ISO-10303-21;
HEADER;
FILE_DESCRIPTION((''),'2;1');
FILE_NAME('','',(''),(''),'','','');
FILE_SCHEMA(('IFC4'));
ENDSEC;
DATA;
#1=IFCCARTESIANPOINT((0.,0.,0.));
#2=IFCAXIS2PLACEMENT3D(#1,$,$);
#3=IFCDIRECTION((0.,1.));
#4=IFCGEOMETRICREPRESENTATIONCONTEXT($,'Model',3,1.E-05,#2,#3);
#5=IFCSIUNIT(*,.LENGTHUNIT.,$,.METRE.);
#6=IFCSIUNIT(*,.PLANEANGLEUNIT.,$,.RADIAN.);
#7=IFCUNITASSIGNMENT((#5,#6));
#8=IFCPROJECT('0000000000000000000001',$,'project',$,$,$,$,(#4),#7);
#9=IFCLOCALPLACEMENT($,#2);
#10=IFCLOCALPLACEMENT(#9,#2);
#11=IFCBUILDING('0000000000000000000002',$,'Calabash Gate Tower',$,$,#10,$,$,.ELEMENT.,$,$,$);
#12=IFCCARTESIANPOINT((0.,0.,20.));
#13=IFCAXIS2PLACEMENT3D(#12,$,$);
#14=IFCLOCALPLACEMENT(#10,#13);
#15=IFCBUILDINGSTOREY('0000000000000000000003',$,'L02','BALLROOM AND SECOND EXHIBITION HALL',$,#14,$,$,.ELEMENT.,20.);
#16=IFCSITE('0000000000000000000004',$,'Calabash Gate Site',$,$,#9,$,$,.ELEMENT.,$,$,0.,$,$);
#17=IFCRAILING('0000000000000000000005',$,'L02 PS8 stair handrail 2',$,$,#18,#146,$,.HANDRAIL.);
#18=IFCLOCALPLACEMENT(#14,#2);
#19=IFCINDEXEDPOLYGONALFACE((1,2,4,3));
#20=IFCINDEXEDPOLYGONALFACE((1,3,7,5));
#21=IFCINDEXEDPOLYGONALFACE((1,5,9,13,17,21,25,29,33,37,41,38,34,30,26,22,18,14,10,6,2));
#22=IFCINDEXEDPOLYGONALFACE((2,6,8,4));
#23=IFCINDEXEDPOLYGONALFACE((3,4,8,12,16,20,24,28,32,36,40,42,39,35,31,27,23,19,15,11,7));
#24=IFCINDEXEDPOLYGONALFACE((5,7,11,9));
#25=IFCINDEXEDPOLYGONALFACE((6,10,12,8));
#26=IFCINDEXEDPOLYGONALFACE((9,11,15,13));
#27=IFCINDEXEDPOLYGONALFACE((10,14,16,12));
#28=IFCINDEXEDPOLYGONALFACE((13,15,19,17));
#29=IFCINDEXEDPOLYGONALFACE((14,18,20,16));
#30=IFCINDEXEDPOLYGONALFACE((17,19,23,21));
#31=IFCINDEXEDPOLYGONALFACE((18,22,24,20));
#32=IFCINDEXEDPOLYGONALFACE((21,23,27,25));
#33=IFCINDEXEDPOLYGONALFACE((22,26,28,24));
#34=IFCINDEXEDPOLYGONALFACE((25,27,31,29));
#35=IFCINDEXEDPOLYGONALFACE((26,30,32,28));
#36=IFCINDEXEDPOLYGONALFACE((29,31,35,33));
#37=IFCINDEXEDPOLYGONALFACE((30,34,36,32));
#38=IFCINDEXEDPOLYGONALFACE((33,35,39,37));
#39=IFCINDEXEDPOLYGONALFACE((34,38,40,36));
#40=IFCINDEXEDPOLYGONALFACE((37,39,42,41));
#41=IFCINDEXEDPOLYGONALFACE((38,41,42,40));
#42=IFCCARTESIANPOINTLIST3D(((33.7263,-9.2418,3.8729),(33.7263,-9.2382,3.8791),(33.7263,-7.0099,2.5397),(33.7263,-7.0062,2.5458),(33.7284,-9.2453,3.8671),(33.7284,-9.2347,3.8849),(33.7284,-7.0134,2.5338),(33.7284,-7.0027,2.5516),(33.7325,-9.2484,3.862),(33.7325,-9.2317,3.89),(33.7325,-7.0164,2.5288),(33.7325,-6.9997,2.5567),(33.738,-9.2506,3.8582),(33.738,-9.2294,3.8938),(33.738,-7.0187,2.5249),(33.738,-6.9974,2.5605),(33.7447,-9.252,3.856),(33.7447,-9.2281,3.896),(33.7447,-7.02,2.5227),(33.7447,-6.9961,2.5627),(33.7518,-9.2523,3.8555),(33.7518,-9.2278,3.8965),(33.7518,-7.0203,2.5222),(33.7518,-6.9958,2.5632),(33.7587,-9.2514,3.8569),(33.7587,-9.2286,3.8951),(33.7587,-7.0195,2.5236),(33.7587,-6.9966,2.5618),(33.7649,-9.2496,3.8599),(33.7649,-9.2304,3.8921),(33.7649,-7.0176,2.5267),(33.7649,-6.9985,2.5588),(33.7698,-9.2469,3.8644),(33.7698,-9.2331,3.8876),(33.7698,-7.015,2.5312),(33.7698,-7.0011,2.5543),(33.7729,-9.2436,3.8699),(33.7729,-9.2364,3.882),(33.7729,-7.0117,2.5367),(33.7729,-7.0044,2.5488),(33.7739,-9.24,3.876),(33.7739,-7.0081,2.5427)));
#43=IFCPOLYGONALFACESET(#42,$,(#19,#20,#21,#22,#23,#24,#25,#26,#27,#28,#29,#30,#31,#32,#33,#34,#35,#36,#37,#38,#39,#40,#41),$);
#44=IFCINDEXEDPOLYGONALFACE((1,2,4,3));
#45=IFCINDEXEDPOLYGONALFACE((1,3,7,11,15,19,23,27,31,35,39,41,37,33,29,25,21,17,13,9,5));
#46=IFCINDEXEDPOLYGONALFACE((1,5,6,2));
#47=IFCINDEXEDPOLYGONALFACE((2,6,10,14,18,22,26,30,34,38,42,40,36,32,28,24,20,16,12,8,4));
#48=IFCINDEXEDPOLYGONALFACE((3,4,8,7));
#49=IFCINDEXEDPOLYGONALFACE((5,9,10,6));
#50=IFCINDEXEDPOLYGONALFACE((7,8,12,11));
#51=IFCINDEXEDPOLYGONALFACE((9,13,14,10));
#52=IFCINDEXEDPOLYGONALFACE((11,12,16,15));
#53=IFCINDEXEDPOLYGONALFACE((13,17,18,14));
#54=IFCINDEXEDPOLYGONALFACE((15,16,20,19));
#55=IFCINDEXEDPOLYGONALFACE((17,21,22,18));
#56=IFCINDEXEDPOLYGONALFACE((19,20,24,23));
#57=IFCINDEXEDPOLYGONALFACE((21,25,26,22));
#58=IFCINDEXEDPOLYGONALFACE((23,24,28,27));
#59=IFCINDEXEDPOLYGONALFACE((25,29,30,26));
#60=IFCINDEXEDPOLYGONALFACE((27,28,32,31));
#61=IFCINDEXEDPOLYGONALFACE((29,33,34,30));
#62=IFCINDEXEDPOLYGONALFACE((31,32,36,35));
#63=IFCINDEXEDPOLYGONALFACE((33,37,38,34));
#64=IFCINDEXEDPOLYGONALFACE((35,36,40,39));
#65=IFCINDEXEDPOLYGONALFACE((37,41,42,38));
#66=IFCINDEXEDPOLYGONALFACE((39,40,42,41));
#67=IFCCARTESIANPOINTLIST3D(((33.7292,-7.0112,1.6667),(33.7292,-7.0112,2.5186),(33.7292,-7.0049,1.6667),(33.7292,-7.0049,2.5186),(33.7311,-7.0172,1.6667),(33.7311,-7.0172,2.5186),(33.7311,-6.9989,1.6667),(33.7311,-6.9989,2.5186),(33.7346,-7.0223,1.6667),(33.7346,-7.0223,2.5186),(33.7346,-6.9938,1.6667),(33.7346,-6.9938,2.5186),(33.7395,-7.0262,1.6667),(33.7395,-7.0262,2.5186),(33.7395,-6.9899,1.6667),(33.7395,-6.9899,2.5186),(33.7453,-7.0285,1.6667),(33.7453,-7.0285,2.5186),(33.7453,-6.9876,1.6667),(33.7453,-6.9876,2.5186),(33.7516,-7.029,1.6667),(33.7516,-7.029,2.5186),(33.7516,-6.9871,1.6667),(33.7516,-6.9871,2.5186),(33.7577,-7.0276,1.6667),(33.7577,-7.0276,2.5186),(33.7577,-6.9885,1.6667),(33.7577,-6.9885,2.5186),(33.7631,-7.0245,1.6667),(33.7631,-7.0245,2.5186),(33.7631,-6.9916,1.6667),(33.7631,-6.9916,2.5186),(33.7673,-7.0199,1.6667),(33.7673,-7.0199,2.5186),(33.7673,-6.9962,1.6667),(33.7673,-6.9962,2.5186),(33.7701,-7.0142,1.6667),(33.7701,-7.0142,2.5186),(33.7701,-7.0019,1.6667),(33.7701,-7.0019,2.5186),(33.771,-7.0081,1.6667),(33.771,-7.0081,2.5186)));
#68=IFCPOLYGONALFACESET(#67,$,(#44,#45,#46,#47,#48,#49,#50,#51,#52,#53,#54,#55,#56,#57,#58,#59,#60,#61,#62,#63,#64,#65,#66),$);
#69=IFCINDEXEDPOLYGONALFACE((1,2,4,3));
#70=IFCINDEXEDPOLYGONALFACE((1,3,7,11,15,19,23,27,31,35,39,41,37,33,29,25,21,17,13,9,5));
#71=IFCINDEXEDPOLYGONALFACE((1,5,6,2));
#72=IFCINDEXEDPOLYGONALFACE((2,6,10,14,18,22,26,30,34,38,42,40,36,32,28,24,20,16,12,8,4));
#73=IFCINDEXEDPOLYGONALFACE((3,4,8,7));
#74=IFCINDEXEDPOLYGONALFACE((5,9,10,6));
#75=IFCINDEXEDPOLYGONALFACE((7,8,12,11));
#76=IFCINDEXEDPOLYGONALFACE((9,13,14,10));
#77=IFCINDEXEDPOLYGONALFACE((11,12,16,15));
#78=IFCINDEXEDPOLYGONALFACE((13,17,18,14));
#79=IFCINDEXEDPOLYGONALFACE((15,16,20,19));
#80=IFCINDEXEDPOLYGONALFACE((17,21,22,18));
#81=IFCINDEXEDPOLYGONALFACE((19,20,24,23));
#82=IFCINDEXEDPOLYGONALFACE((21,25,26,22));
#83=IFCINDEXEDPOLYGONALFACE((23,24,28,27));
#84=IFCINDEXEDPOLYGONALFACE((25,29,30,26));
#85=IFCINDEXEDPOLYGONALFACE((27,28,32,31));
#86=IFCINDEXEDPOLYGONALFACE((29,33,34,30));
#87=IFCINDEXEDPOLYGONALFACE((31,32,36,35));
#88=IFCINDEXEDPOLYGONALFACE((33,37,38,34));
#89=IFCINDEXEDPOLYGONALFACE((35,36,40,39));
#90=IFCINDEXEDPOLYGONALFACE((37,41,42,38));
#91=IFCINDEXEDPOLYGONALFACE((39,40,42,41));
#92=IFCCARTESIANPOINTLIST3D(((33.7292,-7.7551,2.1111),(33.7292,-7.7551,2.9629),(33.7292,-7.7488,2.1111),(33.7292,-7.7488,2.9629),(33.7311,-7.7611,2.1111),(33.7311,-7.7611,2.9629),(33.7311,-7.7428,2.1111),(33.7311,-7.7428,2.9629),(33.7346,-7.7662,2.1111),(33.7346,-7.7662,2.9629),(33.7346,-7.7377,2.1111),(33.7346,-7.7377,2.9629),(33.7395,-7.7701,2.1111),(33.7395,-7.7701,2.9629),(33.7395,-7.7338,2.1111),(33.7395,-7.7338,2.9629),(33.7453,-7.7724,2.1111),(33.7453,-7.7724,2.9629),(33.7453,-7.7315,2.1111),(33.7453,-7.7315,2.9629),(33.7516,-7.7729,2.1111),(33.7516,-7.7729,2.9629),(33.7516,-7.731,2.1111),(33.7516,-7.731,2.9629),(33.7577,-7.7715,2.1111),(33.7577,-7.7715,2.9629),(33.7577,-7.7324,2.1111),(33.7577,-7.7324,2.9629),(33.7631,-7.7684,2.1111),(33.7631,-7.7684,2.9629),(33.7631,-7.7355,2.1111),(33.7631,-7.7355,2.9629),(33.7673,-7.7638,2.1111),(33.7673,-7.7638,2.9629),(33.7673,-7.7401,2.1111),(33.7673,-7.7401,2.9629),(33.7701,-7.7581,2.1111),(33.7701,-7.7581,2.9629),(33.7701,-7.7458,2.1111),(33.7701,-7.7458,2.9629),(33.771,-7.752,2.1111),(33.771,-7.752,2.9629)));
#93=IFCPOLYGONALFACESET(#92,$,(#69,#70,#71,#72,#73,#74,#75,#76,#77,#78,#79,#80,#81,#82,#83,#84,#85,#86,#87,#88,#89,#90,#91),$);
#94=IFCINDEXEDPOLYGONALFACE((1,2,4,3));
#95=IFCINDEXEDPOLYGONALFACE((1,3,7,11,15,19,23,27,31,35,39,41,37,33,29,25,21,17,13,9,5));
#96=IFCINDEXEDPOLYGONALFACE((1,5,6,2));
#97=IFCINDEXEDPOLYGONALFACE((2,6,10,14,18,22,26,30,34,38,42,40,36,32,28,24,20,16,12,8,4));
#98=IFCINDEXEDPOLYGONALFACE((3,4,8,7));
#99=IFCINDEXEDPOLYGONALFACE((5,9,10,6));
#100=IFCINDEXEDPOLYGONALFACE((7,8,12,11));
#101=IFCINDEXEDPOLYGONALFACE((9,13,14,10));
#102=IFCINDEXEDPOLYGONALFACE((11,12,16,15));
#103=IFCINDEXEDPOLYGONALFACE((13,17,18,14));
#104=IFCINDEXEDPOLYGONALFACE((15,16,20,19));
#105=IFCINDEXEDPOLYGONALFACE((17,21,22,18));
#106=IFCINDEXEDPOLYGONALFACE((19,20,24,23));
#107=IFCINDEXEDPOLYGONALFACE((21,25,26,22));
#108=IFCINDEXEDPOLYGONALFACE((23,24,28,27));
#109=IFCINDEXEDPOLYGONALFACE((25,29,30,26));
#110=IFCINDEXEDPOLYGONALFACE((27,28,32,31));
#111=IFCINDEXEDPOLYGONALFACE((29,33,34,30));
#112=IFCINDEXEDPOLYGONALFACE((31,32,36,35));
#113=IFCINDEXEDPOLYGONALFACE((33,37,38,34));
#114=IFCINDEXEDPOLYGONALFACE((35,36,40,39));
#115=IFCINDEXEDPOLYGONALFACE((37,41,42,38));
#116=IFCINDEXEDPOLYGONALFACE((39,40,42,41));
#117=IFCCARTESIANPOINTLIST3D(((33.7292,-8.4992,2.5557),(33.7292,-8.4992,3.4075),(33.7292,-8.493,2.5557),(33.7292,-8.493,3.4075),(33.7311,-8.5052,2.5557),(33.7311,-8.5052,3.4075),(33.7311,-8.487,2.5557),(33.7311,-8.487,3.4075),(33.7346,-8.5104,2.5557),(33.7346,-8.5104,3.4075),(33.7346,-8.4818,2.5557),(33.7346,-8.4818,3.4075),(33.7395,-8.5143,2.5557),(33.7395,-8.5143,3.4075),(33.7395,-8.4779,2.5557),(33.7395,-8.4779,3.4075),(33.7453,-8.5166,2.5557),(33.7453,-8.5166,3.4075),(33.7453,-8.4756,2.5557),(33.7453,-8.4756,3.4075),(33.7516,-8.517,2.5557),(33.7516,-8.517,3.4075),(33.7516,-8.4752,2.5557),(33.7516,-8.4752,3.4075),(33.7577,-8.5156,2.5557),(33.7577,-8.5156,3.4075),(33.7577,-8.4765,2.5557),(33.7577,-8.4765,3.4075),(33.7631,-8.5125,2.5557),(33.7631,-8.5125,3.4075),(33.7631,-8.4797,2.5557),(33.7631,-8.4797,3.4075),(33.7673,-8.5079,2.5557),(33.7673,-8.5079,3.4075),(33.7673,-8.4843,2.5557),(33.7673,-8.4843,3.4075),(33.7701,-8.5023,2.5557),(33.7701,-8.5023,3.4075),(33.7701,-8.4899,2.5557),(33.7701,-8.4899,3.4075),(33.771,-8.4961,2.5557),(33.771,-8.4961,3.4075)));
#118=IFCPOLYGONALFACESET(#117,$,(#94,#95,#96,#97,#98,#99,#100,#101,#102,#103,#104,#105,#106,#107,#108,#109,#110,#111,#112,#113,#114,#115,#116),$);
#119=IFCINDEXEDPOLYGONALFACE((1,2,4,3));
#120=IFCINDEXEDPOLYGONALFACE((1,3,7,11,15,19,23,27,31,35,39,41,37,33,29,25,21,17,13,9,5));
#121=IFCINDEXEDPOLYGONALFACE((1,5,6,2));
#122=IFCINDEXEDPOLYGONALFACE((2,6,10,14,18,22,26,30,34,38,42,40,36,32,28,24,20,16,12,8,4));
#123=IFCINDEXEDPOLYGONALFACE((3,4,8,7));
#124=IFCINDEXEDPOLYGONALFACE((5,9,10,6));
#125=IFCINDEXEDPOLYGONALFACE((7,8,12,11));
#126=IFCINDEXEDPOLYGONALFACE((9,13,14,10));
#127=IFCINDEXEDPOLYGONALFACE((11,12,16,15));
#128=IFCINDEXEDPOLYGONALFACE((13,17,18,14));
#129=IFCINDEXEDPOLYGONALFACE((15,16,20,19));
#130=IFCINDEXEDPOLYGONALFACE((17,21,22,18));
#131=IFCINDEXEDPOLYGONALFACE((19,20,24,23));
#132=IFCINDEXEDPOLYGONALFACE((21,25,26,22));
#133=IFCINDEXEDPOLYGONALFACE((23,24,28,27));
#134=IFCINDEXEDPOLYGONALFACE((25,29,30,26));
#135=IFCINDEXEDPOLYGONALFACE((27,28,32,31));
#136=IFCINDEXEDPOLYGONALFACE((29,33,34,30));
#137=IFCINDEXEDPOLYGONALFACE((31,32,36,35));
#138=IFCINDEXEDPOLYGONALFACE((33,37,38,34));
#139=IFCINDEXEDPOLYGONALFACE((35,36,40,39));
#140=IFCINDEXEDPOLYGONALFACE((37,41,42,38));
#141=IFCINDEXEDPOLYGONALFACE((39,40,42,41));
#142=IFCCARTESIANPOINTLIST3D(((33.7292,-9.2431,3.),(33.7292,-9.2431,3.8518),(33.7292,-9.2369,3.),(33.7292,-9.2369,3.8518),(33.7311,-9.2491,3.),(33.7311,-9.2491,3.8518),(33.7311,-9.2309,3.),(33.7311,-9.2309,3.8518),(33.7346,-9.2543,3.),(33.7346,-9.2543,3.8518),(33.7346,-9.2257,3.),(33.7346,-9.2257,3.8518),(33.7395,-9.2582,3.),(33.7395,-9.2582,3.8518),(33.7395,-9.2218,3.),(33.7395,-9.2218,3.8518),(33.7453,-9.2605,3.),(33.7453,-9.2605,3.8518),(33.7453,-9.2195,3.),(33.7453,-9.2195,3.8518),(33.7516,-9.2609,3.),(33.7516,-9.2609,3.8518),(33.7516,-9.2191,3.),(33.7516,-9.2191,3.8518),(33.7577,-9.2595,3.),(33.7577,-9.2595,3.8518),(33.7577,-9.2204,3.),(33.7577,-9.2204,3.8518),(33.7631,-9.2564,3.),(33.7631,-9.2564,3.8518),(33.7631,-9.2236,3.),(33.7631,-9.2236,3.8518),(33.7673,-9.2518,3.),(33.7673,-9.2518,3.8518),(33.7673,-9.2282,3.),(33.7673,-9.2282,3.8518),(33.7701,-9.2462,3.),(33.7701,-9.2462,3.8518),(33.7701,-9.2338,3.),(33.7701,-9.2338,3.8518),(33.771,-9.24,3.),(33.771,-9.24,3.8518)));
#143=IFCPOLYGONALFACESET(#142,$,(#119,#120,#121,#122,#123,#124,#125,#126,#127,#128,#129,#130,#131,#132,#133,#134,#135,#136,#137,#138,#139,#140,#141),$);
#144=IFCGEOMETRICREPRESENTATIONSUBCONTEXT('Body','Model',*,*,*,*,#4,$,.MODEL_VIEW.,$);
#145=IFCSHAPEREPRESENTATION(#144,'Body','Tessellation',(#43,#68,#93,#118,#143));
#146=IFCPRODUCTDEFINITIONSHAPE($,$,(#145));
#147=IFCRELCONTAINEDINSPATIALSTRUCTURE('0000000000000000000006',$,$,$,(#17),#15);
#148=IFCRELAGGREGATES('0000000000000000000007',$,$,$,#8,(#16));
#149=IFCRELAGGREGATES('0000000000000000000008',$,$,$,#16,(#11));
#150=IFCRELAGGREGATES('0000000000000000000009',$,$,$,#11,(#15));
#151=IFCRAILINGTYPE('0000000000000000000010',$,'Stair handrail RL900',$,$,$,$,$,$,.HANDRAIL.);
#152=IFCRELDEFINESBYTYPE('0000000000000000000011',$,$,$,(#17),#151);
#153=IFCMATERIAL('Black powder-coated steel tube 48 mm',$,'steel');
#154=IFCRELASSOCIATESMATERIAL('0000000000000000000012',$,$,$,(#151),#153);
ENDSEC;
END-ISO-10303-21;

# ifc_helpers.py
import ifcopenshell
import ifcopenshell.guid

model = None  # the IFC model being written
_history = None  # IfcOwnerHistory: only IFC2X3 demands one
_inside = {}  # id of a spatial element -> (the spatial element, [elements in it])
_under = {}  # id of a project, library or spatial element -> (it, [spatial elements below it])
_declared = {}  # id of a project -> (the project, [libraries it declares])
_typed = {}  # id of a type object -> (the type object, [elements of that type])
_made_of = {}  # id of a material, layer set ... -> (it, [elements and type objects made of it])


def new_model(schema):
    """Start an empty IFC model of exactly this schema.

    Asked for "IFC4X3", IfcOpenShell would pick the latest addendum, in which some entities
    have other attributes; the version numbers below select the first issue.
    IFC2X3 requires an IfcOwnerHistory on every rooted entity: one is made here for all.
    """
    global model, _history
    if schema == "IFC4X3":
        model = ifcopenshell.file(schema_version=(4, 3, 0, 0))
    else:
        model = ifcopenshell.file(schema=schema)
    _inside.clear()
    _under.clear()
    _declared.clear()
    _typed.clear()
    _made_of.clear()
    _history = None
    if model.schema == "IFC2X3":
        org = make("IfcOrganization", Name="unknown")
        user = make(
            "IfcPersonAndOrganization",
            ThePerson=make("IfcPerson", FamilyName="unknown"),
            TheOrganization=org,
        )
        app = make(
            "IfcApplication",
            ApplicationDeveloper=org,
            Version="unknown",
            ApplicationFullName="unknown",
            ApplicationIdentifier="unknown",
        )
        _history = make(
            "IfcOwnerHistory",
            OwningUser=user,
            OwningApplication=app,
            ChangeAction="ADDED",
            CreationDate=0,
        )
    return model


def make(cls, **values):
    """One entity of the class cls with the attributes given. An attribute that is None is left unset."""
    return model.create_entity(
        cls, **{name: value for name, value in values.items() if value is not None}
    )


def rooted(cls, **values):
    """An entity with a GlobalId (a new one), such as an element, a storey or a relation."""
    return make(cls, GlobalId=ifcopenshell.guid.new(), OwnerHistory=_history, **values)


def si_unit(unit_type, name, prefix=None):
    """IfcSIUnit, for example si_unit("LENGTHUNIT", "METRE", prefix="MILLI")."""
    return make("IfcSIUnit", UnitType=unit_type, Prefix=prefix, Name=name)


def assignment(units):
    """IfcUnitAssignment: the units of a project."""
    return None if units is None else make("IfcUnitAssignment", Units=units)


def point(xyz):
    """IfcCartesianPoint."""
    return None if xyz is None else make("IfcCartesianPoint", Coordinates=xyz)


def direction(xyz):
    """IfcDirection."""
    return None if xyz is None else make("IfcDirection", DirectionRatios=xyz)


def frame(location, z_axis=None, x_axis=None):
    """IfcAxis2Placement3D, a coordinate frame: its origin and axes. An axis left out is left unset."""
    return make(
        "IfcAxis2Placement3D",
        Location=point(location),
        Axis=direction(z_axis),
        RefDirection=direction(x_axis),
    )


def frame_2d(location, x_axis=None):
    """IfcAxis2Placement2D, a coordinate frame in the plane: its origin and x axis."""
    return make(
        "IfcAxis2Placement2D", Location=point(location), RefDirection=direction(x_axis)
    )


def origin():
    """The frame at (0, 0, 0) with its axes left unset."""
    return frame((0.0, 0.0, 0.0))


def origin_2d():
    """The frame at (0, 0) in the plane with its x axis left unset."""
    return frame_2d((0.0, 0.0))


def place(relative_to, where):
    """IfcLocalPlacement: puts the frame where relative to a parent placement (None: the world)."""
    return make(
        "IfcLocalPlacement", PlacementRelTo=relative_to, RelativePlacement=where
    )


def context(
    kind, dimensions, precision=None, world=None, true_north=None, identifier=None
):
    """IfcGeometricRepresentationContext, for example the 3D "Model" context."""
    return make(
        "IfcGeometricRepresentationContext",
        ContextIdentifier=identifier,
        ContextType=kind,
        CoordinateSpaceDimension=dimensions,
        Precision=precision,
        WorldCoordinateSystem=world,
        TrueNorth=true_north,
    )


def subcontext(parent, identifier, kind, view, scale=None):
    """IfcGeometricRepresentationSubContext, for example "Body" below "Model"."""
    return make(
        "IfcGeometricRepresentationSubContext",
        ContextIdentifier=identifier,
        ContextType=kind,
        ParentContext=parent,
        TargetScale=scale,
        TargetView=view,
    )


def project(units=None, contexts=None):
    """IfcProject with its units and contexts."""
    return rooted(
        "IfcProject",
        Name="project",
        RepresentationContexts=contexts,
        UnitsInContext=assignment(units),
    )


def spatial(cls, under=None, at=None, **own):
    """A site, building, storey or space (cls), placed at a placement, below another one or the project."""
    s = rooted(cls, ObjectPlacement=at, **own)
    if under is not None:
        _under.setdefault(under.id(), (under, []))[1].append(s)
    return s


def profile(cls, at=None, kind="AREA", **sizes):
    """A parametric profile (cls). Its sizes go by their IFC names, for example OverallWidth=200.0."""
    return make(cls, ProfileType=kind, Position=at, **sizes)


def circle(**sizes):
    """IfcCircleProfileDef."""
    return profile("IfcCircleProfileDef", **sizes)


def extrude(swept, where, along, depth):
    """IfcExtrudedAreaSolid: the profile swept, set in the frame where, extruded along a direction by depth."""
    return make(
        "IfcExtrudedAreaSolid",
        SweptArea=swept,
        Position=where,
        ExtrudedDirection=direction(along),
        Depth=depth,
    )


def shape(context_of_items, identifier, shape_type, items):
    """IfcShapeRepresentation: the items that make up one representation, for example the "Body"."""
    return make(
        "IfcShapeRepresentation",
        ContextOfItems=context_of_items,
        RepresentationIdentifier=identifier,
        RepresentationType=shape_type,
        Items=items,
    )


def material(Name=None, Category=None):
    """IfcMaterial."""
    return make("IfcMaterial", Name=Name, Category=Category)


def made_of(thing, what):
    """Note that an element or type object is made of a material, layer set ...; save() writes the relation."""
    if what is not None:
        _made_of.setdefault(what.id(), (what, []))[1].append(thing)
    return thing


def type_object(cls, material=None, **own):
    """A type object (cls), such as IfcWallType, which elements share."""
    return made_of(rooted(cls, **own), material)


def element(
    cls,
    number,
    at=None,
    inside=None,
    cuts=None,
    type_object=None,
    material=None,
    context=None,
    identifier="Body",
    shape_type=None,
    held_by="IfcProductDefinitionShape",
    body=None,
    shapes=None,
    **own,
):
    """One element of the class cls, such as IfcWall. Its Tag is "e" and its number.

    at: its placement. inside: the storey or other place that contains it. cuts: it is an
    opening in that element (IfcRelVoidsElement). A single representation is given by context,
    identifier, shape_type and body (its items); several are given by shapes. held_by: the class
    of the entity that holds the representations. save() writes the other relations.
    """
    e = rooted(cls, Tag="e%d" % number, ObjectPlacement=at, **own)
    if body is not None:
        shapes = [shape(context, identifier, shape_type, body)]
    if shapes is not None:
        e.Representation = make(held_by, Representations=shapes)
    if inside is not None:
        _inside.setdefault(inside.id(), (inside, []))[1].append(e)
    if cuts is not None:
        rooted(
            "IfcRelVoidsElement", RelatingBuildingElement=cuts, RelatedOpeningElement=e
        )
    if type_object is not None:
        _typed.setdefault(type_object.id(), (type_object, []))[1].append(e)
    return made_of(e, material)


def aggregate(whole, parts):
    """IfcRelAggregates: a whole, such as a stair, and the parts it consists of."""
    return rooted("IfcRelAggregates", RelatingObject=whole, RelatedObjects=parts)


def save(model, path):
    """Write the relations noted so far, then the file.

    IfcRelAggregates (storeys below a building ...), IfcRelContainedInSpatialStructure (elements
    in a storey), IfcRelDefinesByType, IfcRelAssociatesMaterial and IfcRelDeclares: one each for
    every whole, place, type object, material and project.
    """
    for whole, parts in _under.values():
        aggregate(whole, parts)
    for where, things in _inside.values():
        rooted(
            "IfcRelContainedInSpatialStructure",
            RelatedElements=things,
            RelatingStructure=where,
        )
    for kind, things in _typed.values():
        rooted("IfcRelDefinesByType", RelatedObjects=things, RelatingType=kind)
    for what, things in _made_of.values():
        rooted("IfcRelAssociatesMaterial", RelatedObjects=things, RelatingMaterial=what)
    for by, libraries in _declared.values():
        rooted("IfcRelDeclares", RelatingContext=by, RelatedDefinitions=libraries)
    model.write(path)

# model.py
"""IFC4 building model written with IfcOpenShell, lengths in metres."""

from ifc_helpers import new_model, si_unit, direction, frame, origin, origin_2d, place, context, subcontext, project, spatial, circle, extrude, material, type_object, element, save


model = new_model("IFC4")

# Units and contexts
model_context = context("Model", 3, precision=1e-05, world=origin(), true_north=direction((0.0, 1.0)))
body_context = subcontext(model_context, "Body", "Model", "MODEL_VIEW")
ifc_project = project(units=[si_unit("LENGTHUNIT", "METRE"), si_unit("PLANEANGLEUNIT", "RADIAN")], contexts=[model_context])

# Site, building, storey
site_placement = place(None, origin())
site = spatial("IfcSite", under=ifc_project, at=site_placement, Name="Calabash Gate Site", CompositionType="ELEMENT", RefElevation=0.0)
building_placement = place(site_placement, origin())
building = spatial("IfcBuilding", under=site, at=building_placement, Name="Calabash Gate Tower", CompositionType="ELEMENT")
storey_placement = place(building_placement, frame((0.0, 0.0, 20.0)))
storey = spatial("IfcBuildingStorey", under=building, at=storey_placement, Name="L02", Description="BALLROOM AND SECOND EXHIBITION HALL", CompositionType="ELEMENT", Elevation=20.0)

# Railing
ifc_material_1 = material(Name="Black powder-coated steel tube 48 mm", Category="steel")
railing_type_1 = type_object("IfcRailingType", Name="Stair handrail RL900", PredefinedType="HANDRAIL", material=ifc_material_1)
for number, where, name in (
    (1, (33.75, -7.0081, 1.6667), "L02 PS8 stair handrail 2"),
):
    element("IfcRailing", number, at=place(storey_placement, frame(where)), inside=storey, type_object=railing_type_1, Name=name, PredefinedType="HANDRAIL", context=body_context, shape_type="SweptSolid", body=[
        extrude(circle(Radius=0.0239, at=origin_2d()), frame((0.0, 0.0, 0.876), z_axis=(0.0, -0.858494, 0.512824), x_axis=(1.0, 0.0, 0.0)), (0.0, 0.0, 1.0), 2.5999),
        extrude(circle(Radius=0.021, at=origin_2d()), origin(), (0.0, 0.0, 1.0), 0.8518),
        extrude(circle(Radius=0.021, at=origin_2d()), frame((0.0, -0.7439, 0.4443)), (0.0, 0.0, 1.0), 0.8518),
        extrude(circle(Radius=0.021, at=origin_2d()), frame((0.0, -1.488, 0.8889)), (0.0, 0.0, 1.0), 0.8518),
        extrude(circle(Radius=0.021, at=origin_2d()), frame((0.0, -2.2319, 1.3333)), (0.0, 0.0, 1.0), 0.8518),
    ])

save(model, "model.ifc")
